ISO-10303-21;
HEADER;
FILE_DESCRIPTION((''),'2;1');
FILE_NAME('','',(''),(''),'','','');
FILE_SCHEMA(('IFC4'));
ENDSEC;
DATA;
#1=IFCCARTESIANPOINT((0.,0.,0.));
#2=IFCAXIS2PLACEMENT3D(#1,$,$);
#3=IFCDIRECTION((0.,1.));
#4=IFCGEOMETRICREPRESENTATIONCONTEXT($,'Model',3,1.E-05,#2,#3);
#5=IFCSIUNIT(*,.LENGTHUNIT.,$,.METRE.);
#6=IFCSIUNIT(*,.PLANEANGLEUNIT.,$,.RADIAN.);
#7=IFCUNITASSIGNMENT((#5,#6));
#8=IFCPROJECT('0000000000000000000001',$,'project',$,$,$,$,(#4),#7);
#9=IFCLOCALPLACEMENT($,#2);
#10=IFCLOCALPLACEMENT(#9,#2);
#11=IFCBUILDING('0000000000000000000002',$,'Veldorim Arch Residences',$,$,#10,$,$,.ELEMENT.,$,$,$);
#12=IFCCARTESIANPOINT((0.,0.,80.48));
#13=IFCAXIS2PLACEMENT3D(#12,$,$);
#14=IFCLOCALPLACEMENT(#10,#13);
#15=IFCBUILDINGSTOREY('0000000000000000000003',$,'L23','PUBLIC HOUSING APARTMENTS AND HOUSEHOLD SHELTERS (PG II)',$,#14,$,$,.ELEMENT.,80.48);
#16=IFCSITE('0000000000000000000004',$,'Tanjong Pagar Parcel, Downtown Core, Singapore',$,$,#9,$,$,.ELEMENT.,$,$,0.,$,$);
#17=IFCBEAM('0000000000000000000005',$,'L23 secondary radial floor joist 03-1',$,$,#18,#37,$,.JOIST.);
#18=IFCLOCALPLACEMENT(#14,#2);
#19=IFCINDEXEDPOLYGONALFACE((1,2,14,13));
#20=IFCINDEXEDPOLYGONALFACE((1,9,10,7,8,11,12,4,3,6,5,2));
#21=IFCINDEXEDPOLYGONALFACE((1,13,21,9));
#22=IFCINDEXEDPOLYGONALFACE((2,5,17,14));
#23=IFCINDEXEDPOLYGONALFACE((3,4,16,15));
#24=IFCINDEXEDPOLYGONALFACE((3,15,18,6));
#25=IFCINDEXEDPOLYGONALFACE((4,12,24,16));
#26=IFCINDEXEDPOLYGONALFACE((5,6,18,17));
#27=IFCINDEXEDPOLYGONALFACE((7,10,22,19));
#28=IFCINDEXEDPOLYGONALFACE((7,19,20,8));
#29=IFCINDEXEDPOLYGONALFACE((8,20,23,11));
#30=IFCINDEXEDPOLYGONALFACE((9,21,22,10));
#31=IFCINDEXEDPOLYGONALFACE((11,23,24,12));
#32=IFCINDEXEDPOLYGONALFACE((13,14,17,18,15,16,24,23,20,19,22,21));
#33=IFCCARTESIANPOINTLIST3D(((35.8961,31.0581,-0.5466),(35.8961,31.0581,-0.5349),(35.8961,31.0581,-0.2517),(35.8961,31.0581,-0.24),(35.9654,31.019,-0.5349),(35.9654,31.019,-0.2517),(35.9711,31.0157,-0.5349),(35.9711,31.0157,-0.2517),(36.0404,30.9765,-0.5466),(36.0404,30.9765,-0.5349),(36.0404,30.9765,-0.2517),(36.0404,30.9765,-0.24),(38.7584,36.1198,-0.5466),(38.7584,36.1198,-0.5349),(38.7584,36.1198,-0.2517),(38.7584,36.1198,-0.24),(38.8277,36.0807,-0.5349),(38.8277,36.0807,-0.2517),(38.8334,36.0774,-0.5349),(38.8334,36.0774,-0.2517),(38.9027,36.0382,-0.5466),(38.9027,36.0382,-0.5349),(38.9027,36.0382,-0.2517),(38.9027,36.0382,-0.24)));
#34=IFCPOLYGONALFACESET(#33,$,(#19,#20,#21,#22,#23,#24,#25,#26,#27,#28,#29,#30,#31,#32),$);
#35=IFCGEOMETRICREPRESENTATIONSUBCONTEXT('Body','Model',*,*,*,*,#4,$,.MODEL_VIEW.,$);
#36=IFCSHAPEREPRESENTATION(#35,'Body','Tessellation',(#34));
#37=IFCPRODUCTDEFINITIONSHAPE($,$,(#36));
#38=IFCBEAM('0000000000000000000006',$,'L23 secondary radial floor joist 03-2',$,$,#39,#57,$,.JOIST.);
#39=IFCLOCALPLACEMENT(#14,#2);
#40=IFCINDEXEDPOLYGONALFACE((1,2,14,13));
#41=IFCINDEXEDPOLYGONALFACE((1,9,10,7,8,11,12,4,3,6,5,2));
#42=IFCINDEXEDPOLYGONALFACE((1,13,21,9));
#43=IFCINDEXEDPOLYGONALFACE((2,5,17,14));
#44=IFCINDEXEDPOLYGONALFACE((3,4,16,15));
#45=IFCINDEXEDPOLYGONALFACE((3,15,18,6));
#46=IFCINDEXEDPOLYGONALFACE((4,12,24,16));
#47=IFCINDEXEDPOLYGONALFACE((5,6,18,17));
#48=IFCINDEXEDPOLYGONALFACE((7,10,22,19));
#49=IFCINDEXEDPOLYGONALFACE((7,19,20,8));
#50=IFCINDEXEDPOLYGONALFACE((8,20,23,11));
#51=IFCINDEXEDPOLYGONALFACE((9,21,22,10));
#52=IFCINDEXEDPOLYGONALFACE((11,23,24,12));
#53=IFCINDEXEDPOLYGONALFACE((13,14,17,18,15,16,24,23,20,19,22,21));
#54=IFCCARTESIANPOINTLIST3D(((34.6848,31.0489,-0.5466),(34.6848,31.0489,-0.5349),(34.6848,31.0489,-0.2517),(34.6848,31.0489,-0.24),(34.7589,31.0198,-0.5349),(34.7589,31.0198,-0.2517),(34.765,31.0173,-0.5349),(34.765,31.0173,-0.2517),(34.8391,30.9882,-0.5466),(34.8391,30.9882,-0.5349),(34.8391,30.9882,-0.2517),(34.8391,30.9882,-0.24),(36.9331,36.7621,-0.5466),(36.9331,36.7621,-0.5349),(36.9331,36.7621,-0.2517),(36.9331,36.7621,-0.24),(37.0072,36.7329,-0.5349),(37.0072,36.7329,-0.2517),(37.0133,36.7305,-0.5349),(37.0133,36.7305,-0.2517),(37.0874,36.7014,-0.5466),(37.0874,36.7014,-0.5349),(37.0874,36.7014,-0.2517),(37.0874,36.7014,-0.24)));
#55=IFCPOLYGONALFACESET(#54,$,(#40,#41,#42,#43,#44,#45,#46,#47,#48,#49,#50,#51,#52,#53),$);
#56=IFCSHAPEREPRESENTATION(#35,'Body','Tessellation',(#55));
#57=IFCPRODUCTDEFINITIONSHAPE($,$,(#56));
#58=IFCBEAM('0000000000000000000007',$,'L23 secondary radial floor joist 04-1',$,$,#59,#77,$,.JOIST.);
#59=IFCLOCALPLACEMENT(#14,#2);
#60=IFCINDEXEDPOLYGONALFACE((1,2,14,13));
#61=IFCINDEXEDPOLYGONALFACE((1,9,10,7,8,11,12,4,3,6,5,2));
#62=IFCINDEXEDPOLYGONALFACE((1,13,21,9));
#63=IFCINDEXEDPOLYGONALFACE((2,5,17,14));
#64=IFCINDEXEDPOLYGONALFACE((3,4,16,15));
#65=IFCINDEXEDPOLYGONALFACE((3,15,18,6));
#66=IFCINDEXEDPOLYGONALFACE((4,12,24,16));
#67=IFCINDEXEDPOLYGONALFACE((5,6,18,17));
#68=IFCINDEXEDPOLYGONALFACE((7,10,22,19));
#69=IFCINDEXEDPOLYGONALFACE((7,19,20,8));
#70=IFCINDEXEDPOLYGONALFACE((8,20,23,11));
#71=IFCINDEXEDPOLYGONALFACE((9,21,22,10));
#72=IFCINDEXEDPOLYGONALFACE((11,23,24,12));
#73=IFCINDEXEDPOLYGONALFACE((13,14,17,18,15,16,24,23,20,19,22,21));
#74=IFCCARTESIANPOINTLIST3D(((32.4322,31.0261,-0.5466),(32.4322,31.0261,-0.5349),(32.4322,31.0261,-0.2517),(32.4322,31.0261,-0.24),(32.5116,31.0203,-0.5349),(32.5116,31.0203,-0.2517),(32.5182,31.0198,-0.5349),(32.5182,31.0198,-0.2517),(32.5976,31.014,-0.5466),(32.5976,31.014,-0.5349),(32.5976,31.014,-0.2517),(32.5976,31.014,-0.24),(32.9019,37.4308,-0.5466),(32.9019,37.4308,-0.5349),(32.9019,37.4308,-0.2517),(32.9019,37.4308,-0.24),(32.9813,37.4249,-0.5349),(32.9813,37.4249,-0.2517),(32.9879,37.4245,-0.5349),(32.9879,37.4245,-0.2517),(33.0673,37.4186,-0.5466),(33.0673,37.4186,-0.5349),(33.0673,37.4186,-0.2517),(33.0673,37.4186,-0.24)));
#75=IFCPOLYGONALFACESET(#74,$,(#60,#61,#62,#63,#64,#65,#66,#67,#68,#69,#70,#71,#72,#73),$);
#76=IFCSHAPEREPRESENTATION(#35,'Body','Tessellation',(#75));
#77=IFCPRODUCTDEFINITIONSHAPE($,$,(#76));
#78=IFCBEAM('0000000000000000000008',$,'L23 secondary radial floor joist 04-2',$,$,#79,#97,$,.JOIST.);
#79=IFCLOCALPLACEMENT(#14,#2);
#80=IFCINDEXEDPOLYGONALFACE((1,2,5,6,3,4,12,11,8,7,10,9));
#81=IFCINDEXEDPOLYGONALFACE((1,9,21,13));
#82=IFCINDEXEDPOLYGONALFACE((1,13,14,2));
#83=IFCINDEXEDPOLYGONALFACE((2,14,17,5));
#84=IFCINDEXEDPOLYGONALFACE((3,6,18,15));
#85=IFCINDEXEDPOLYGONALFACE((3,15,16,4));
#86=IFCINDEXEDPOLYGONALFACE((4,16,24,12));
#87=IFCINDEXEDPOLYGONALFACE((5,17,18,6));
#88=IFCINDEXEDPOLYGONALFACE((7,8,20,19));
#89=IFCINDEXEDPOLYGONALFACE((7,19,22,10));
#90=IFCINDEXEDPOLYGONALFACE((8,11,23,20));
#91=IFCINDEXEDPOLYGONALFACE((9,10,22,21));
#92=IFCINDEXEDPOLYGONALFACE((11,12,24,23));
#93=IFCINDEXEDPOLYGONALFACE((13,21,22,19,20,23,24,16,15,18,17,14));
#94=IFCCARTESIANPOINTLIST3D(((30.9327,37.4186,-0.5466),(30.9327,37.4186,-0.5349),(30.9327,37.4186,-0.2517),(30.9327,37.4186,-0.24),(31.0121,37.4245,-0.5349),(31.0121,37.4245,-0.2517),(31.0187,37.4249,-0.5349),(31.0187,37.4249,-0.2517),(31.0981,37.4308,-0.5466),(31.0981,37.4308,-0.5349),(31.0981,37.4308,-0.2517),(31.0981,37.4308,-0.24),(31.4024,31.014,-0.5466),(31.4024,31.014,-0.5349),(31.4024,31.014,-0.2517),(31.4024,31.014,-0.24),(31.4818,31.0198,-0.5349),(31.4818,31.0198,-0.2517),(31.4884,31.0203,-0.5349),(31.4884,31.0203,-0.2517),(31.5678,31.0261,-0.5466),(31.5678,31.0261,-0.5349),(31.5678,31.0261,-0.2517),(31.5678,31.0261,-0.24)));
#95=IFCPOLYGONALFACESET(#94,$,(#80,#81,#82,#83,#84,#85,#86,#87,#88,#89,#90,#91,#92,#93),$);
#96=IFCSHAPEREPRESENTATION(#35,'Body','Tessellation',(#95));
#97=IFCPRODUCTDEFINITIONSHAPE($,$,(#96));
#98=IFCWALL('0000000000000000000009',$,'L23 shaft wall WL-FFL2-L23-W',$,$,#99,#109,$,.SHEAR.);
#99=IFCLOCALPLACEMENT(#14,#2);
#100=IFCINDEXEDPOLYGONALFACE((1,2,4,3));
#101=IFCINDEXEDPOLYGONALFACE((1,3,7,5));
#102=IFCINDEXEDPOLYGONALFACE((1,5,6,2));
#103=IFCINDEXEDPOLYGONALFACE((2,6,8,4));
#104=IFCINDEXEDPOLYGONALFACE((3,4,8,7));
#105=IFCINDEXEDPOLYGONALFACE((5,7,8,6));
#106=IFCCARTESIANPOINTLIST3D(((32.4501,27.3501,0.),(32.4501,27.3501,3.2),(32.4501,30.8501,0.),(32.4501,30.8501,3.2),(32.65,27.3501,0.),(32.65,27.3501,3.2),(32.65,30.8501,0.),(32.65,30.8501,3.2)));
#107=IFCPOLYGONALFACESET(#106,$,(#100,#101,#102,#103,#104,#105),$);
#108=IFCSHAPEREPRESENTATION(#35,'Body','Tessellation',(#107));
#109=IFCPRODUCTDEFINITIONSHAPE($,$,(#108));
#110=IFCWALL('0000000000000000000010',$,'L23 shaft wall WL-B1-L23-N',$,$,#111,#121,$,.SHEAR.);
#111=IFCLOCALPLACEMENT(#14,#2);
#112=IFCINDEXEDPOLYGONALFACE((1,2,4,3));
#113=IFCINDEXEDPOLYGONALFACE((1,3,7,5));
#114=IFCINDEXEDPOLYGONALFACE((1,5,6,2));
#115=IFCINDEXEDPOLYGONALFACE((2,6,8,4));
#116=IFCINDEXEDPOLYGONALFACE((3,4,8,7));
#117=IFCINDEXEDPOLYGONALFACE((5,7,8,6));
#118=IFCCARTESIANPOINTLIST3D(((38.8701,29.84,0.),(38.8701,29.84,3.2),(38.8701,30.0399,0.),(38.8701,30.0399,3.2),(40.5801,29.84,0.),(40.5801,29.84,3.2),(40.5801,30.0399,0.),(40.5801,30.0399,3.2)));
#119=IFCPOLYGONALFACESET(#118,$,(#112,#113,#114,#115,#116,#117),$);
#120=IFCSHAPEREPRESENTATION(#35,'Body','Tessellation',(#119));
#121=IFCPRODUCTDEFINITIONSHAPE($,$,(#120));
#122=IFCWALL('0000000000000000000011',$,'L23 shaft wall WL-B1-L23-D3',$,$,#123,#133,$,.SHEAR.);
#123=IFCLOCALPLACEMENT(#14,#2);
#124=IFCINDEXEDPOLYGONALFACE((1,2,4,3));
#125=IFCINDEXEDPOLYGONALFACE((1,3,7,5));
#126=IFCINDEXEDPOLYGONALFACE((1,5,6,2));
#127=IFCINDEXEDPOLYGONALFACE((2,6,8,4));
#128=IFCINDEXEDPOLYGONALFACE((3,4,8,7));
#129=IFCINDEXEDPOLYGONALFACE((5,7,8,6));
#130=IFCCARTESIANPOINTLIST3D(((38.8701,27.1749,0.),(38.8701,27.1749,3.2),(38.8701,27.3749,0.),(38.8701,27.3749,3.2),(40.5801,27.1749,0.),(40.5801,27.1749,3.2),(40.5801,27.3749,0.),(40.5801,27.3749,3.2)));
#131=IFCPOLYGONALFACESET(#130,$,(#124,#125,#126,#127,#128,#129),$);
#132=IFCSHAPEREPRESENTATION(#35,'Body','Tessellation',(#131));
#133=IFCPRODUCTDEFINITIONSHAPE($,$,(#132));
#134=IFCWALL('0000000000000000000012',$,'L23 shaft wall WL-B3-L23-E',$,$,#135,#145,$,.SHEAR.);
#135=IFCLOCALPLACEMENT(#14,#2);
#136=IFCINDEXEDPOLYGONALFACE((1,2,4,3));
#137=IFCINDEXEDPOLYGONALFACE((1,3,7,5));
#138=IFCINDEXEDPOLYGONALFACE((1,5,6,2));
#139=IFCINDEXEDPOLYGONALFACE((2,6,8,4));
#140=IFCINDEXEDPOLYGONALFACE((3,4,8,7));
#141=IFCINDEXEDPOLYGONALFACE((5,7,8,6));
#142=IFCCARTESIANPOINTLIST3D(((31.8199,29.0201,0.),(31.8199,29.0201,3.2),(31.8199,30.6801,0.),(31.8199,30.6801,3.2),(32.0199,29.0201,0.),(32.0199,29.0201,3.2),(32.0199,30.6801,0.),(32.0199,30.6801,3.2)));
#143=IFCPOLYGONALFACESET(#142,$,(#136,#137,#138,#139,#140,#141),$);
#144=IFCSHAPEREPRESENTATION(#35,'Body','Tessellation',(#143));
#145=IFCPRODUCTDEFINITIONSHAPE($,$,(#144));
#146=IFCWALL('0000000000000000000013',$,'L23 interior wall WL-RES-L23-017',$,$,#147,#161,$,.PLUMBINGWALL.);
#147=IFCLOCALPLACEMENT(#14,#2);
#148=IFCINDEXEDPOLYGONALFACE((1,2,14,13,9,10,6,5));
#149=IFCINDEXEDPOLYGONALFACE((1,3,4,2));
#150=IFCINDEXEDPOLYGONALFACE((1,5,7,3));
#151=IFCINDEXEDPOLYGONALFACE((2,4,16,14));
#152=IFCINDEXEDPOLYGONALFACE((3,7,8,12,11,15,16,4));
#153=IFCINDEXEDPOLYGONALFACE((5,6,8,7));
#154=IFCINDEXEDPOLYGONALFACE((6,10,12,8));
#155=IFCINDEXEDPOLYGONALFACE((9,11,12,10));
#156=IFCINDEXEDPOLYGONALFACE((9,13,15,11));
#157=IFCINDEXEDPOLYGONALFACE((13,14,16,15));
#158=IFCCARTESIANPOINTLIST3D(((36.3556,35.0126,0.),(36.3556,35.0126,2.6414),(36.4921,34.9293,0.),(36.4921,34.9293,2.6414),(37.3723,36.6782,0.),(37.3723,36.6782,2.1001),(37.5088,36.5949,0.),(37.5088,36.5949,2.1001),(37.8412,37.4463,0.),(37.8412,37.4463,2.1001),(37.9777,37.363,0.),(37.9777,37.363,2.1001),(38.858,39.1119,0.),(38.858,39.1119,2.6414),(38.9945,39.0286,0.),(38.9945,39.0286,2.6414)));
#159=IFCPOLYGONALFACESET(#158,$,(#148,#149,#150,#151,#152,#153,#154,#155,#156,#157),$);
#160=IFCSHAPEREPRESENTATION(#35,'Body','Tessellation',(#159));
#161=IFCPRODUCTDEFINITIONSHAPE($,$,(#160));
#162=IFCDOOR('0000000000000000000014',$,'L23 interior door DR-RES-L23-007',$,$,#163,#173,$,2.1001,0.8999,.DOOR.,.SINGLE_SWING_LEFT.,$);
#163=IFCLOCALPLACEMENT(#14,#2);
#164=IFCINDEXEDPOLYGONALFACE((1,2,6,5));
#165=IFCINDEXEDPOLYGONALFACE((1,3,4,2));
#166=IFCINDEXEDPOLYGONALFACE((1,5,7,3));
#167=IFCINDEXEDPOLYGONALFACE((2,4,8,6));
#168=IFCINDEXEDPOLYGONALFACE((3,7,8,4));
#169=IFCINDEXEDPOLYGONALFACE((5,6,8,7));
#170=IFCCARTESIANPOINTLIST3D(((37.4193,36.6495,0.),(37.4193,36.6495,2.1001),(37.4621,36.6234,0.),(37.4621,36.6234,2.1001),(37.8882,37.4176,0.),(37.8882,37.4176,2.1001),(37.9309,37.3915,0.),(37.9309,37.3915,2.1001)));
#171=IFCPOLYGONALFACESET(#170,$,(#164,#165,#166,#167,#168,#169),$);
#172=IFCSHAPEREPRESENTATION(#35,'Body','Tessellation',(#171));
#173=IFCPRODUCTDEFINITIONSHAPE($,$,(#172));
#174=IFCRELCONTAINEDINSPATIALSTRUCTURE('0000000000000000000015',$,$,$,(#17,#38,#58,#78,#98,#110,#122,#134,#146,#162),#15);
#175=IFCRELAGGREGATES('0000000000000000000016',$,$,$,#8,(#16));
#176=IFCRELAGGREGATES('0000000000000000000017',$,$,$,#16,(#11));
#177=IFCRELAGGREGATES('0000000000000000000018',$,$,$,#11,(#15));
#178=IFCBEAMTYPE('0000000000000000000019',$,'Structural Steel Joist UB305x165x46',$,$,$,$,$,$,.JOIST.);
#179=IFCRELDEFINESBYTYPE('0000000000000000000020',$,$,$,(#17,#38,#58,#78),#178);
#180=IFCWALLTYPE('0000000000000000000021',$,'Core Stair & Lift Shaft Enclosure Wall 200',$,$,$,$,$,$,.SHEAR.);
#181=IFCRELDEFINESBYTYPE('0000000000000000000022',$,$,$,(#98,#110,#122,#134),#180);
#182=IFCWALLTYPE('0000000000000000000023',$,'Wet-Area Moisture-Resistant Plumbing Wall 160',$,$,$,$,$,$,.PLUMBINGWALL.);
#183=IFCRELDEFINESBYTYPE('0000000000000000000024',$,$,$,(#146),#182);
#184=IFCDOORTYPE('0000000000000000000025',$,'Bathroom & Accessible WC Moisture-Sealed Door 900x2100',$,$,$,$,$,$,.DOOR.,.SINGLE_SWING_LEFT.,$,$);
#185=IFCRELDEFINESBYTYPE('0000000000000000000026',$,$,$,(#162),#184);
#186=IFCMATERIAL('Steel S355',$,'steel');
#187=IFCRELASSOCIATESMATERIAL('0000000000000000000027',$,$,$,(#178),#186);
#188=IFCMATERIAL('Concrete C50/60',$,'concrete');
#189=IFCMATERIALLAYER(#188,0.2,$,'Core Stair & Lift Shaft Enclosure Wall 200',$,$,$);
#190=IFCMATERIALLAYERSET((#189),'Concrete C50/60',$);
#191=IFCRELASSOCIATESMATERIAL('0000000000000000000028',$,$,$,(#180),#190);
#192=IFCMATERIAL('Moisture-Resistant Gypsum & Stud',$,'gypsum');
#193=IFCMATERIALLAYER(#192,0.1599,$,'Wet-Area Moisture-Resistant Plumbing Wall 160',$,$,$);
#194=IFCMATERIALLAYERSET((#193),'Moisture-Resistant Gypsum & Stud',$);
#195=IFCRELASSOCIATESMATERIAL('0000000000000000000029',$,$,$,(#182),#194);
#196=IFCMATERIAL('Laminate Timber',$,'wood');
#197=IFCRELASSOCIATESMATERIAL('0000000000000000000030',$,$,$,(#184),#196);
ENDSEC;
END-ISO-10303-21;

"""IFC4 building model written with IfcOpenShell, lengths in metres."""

from ifc_helpers import new_model, si_unit, direction, frame, frame_2d, origin, origin_2d, place, context, subcontext, project, spatial, rectangle, i_section, extrude, material, layer, layer_set, material_profile, profile_set, type_object, element, fill, save


model = new_model("IFC4")

# Units and contexts
model_context = context("Model", 3, precision=1e-05, world=origin(), true_north=direction((0.0, 1.0)))
body_context = subcontext(model_context, "Body", "Model", "MODEL_VIEW")
ifc_project = project(units=[si_unit("LENGTHUNIT", "METRE"), si_unit("PLANEANGLEUNIT", "RADIAN")], contexts=[model_context])

# Site, building, storey
site_placement = place(None, origin())
site = spatial("IfcSite", under=ifc_project, at=site_placement, Name="Tanjong Pagar Parcel, Downtown Core, Singapore", CompositionType="ELEMENT", RefElevation=0.0)
building_placement = place(site_placement, origin())
building = spatial("IfcBuilding", under=site, at=building_placement, Name="Veldorim Arch Residences", CompositionType="ELEMENT")
storey_placement = place(building_placement, frame((0.0, 0.0, 80.48)))
storey = spatial("IfcBuildingStorey", under=building, at=storey_placement, Name="L23", Description="PUBLIC HOUSING APARTMENTS AND HOUSEHOLD SHELTERS (PG II)", CompositionType="ELEMENT", Elevation=80.48)

# Beams
ifc_material_1 = material(Name="Steel S355", Category="steel")
ifc_material_profile_1 = material_profile(ifc_material_1, i_section(OverallWidth=0.1658, OverallDepth=0.3066, WebThickness=0.0066, FlangeThickness=0.0117, at=origin_2d()), Name="UB305x165x46")
ifc_profile_set_1 = profile_set([ifc_material_profile_1], Name="Steel S355")
beam_type_1 = type_object("IfcBeamType", Name="Structural Steel Joist UB305x165x46", PredefinedType="JOIST", material=ifc_profile_set_1)
beam_1_placement = place(storey_placement, frame((35.9683, 31.0173, -0.3933), z_axis=(0.492227, 0.870467, 0.0), x_axis=(-0.870467, 0.492227, 0.0)))
element("IfcBeam", 1, at=beam_1_placement, inside=storey, type_object=beam_type_1, Name="L23 secondary radial floor joist 03-1", PredefinedType="JOIST", context=body_context, shape_type="SweptSolid", body=[
    extrude(i_section(OverallWidth=0.1658, OverallDepth=0.3066, WebThickness=0.0066, FlangeThickness=0.0117, at=origin_2d()), origin(), (0.0, 0.0, 1.0), 5.8149),
])
beam_2_placement = place(storey_placement, frame((34.762, 31.0186, -0.3933), z_axis=(0.366195, 0.930538, 0.0), x_axis=(-0.930538, 0.366195, 0.0)))
element("IfcBeam", 2, at=beam_2_placement, inside=storey, type_object=beam_type_1, Name="L23 secondary radial floor joist 03-2", PredefinedType="JOIST", context=body_context, shape_type="SweptSolid", body=[
    extrude(i_section(OverallWidth=0.1658, OverallDepth=0.3066, WebThickness=0.0066, FlangeThickness=0.0117, at=origin_2d()), origin(), (0.0, 0.0, 1.0), 6.1396),
])
for number, where, z_axis, x_axis, name in (
    (3, (32.5149, 31.02, -0.3933), (0.073143, 0.997321, 0.0), (-0.997321, 0.073143, 0.0), "L23 secondary radial floor joist 04-1"),
    (4, (31.4851, 31.02, -0.3933), (-0.073143, 0.997321, 0.0), (-0.997321, -0.073143, 0.0), "L23 secondary radial floor joist 04-2"),
):
    element("IfcBeam", number, at=place(storey_placement, frame(where, z_axis=z_axis, x_axis=x_axis)), inside=storey, type_object=beam_type_1, Name=name, PredefinedType="JOIST", context=body_context, shape_type="SweptSolid", body=[
        extrude(i_section(OverallWidth=0.1658, OverallDepth=0.3066, WebThickness=0.0066, FlangeThickness=0.0117, at=origin_2d()), origin(), (0.0, 0.0, 1.0), 6.4219),
    ])

# Shared definitions
ifc_material_2 = material(Name="Concrete C50/60", Category="concrete")
ifc_layer_1 = layer(ifc_material_2, 0.2, Name="Core Stair & Lift Shaft Enclosure Wall 200")
ifc_layer_set_1 = layer_set([ifc_layer_1], Name="Concrete C50/60")
wall_type_1 = type_object("IfcWallType", Name="Core Stair & Lift Shaft Enclosure Wall 200", PredefinedType="SHEAR", material=ifc_layer_set_1)

# Wall
wall_1_placement = place(storey_placement, frame((32.55, 27.3501, 0.0), z_axis=(0.0, 0.0, 1.0), x_axis=(0.0, 1.0, 0.0)))
element("IfcWall", 5, at=wall_1_placement, inside=storey, type_object=wall_type_1, Name="L23 shaft wall WL-FFL2-L23-W", PredefinedType="SHEAR", context=body_context, shape_type="SweptSolid", body=[
    extrude(rectangle(XDim=3.5, YDim=0.2, at=frame_2d((1.75, 0.0))), origin(), (0.0, 0.0, 1.0), 3.2),
])

# Walls
for number, where, z_axis, x_axis, name in (
    (6, (38.8701, 29.9399, 0.0), (0.0, 0.0, 1.0), (1.0, 0.0, 0.0), "L23 shaft wall WL-B1-L23-N"),
    (7, (38.8701, 27.2749, 0.0), (0.0, 0.0, 1.0), (1.0, 0.0, 0.0), "L23 shaft wall WL-B1-L23-D3"),
):
    element("IfcWall", number, at=place(storey_placement, frame(where, z_axis=z_axis, x_axis=x_axis)), inside=storey, type_object=wall_type_1, Name=name, PredefinedType="SHEAR", context=body_context, shape_type="SweptSolid", body=[
        extrude(rectangle(XDim=1.71, YDim=0.2, at=frame_2d((0.855, 0.0))), origin(), (0.0, 0.0, 1.0), 3.2),
    ])
wall_2_placement = place(storey_placement, frame((31.9199, 29.02, 0.0), z_axis=(0.0, 0.0, 1.0), x_axis=(0.0, 1.0, 0.0)))
element("IfcWall", 8, at=wall_2_placement, inside=storey, type_object=wall_type_1, Name="L23 shaft wall WL-B3-L23-E", PredefinedType="SHEAR", context=body_context, shape_type="SweptSolid", body=[
    extrude(rectangle(XDim=1.6599, YDim=0.2, at=frame_2d((0.8301, 0.0))), origin(), (0.0, 0.0, 1.0), 3.2),
])

# Wall, opening, door
ifc_material_3 = material(Name="Moisture-Resistant Gypsum & Stud", Category="gypsum")
ifc_layer_2 = layer(ifc_material_3, 0.1599, Name="Wet-Area Moisture-Resistant Plumbing Wall 160")
ifc_layer_set_2 = layer_set([ifc_layer_2], Name="Moisture-Resistant Gypsum & Stud")
wall_type_2 = type_object("IfcWallType", Name="Wet-Area Moisture-Resistant Plumbing Wall 160", PredefinedType="PLUMBINGWALL", material=ifc_layer_set_2)
wall_3_placement = place(storey_placement, frame((36.4238, 34.9709, 0.0), z_axis=(0.0, 0.0, 1.0), x_axis=(0.521037, 0.853534, 0.0)))
wall_3 = element("IfcWall", 9, at=wall_3_placement, inside=storey, type_object=wall_type_2, Name="L23 interior wall WL-RES-L23-017", PredefinedType="PLUMBINGWALL", context=body_context, shape_type="SweptSolid", body=[
    extrude(rectangle(XDim=4.8027, YDim=0.1599, at=frame_2d((2.4014, 0.0))), origin(), (0.0, 0.0, 1.0), 2.6414),
])
opening_1_placement = place(wall_3_placement, frame((1.9514, 0.0, 0.0)))
opening_1 = element("IfcOpeningElement", 10, at=opening_1_placement, cuts=wall_3, PredefinedType="OPENING", context=body_context, shape_type="SweptSolid", body=[
    extrude(rectangle(XDim=0.8999, YDim=2.1001, at=frame_2d((0.45, 1.05))), frame((0.0, 0.0898, 0.0), z_axis=(0.0, -1.0, 0.0), x_axis=(1.0, 0.0, 0.0)), (0.0, 0.0, 1.0), 0.1799),
])
ifc_material_4 = material(Name="Laminate Timber", Category="wood")
door_type_1 = type_object("IfcDoorType", Name="Bathroom & Accessible WC Moisture-Sealed Door 900x2100", OperationType="SINGLE_SWING_LEFT", PredefinedType="DOOR", material=ifc_material_4)
door_1_placement = place(opening_1_placement, origin())
door_1 = element("IfcDoor", 11, at=door_1_placement, inside=storey, type_object=door_type_1, Name="L23 interior door DR-RES-L23-007", OperationType="SINGLE_SWING_LEFT", OverallHeight=2.1001, OverallWidth=0.8999, PredefinedType="DOOR", context=body_context, shape_type="SweptSolid", body=[
    extrude(rectangle(XDim=0.8999, YDim=2.1001, at=frame_2d((0.45, 1.05))), frame((0.0, 0.0249, 0.0), z_axis=(0.0, -1.0, 0.0), x_axis=(1.0, 0.0, 0.0)), (0.0, 0.0, 1.0), 0.05),
])
fill(opening_1, door_1)

save(model, "model.ifc")
